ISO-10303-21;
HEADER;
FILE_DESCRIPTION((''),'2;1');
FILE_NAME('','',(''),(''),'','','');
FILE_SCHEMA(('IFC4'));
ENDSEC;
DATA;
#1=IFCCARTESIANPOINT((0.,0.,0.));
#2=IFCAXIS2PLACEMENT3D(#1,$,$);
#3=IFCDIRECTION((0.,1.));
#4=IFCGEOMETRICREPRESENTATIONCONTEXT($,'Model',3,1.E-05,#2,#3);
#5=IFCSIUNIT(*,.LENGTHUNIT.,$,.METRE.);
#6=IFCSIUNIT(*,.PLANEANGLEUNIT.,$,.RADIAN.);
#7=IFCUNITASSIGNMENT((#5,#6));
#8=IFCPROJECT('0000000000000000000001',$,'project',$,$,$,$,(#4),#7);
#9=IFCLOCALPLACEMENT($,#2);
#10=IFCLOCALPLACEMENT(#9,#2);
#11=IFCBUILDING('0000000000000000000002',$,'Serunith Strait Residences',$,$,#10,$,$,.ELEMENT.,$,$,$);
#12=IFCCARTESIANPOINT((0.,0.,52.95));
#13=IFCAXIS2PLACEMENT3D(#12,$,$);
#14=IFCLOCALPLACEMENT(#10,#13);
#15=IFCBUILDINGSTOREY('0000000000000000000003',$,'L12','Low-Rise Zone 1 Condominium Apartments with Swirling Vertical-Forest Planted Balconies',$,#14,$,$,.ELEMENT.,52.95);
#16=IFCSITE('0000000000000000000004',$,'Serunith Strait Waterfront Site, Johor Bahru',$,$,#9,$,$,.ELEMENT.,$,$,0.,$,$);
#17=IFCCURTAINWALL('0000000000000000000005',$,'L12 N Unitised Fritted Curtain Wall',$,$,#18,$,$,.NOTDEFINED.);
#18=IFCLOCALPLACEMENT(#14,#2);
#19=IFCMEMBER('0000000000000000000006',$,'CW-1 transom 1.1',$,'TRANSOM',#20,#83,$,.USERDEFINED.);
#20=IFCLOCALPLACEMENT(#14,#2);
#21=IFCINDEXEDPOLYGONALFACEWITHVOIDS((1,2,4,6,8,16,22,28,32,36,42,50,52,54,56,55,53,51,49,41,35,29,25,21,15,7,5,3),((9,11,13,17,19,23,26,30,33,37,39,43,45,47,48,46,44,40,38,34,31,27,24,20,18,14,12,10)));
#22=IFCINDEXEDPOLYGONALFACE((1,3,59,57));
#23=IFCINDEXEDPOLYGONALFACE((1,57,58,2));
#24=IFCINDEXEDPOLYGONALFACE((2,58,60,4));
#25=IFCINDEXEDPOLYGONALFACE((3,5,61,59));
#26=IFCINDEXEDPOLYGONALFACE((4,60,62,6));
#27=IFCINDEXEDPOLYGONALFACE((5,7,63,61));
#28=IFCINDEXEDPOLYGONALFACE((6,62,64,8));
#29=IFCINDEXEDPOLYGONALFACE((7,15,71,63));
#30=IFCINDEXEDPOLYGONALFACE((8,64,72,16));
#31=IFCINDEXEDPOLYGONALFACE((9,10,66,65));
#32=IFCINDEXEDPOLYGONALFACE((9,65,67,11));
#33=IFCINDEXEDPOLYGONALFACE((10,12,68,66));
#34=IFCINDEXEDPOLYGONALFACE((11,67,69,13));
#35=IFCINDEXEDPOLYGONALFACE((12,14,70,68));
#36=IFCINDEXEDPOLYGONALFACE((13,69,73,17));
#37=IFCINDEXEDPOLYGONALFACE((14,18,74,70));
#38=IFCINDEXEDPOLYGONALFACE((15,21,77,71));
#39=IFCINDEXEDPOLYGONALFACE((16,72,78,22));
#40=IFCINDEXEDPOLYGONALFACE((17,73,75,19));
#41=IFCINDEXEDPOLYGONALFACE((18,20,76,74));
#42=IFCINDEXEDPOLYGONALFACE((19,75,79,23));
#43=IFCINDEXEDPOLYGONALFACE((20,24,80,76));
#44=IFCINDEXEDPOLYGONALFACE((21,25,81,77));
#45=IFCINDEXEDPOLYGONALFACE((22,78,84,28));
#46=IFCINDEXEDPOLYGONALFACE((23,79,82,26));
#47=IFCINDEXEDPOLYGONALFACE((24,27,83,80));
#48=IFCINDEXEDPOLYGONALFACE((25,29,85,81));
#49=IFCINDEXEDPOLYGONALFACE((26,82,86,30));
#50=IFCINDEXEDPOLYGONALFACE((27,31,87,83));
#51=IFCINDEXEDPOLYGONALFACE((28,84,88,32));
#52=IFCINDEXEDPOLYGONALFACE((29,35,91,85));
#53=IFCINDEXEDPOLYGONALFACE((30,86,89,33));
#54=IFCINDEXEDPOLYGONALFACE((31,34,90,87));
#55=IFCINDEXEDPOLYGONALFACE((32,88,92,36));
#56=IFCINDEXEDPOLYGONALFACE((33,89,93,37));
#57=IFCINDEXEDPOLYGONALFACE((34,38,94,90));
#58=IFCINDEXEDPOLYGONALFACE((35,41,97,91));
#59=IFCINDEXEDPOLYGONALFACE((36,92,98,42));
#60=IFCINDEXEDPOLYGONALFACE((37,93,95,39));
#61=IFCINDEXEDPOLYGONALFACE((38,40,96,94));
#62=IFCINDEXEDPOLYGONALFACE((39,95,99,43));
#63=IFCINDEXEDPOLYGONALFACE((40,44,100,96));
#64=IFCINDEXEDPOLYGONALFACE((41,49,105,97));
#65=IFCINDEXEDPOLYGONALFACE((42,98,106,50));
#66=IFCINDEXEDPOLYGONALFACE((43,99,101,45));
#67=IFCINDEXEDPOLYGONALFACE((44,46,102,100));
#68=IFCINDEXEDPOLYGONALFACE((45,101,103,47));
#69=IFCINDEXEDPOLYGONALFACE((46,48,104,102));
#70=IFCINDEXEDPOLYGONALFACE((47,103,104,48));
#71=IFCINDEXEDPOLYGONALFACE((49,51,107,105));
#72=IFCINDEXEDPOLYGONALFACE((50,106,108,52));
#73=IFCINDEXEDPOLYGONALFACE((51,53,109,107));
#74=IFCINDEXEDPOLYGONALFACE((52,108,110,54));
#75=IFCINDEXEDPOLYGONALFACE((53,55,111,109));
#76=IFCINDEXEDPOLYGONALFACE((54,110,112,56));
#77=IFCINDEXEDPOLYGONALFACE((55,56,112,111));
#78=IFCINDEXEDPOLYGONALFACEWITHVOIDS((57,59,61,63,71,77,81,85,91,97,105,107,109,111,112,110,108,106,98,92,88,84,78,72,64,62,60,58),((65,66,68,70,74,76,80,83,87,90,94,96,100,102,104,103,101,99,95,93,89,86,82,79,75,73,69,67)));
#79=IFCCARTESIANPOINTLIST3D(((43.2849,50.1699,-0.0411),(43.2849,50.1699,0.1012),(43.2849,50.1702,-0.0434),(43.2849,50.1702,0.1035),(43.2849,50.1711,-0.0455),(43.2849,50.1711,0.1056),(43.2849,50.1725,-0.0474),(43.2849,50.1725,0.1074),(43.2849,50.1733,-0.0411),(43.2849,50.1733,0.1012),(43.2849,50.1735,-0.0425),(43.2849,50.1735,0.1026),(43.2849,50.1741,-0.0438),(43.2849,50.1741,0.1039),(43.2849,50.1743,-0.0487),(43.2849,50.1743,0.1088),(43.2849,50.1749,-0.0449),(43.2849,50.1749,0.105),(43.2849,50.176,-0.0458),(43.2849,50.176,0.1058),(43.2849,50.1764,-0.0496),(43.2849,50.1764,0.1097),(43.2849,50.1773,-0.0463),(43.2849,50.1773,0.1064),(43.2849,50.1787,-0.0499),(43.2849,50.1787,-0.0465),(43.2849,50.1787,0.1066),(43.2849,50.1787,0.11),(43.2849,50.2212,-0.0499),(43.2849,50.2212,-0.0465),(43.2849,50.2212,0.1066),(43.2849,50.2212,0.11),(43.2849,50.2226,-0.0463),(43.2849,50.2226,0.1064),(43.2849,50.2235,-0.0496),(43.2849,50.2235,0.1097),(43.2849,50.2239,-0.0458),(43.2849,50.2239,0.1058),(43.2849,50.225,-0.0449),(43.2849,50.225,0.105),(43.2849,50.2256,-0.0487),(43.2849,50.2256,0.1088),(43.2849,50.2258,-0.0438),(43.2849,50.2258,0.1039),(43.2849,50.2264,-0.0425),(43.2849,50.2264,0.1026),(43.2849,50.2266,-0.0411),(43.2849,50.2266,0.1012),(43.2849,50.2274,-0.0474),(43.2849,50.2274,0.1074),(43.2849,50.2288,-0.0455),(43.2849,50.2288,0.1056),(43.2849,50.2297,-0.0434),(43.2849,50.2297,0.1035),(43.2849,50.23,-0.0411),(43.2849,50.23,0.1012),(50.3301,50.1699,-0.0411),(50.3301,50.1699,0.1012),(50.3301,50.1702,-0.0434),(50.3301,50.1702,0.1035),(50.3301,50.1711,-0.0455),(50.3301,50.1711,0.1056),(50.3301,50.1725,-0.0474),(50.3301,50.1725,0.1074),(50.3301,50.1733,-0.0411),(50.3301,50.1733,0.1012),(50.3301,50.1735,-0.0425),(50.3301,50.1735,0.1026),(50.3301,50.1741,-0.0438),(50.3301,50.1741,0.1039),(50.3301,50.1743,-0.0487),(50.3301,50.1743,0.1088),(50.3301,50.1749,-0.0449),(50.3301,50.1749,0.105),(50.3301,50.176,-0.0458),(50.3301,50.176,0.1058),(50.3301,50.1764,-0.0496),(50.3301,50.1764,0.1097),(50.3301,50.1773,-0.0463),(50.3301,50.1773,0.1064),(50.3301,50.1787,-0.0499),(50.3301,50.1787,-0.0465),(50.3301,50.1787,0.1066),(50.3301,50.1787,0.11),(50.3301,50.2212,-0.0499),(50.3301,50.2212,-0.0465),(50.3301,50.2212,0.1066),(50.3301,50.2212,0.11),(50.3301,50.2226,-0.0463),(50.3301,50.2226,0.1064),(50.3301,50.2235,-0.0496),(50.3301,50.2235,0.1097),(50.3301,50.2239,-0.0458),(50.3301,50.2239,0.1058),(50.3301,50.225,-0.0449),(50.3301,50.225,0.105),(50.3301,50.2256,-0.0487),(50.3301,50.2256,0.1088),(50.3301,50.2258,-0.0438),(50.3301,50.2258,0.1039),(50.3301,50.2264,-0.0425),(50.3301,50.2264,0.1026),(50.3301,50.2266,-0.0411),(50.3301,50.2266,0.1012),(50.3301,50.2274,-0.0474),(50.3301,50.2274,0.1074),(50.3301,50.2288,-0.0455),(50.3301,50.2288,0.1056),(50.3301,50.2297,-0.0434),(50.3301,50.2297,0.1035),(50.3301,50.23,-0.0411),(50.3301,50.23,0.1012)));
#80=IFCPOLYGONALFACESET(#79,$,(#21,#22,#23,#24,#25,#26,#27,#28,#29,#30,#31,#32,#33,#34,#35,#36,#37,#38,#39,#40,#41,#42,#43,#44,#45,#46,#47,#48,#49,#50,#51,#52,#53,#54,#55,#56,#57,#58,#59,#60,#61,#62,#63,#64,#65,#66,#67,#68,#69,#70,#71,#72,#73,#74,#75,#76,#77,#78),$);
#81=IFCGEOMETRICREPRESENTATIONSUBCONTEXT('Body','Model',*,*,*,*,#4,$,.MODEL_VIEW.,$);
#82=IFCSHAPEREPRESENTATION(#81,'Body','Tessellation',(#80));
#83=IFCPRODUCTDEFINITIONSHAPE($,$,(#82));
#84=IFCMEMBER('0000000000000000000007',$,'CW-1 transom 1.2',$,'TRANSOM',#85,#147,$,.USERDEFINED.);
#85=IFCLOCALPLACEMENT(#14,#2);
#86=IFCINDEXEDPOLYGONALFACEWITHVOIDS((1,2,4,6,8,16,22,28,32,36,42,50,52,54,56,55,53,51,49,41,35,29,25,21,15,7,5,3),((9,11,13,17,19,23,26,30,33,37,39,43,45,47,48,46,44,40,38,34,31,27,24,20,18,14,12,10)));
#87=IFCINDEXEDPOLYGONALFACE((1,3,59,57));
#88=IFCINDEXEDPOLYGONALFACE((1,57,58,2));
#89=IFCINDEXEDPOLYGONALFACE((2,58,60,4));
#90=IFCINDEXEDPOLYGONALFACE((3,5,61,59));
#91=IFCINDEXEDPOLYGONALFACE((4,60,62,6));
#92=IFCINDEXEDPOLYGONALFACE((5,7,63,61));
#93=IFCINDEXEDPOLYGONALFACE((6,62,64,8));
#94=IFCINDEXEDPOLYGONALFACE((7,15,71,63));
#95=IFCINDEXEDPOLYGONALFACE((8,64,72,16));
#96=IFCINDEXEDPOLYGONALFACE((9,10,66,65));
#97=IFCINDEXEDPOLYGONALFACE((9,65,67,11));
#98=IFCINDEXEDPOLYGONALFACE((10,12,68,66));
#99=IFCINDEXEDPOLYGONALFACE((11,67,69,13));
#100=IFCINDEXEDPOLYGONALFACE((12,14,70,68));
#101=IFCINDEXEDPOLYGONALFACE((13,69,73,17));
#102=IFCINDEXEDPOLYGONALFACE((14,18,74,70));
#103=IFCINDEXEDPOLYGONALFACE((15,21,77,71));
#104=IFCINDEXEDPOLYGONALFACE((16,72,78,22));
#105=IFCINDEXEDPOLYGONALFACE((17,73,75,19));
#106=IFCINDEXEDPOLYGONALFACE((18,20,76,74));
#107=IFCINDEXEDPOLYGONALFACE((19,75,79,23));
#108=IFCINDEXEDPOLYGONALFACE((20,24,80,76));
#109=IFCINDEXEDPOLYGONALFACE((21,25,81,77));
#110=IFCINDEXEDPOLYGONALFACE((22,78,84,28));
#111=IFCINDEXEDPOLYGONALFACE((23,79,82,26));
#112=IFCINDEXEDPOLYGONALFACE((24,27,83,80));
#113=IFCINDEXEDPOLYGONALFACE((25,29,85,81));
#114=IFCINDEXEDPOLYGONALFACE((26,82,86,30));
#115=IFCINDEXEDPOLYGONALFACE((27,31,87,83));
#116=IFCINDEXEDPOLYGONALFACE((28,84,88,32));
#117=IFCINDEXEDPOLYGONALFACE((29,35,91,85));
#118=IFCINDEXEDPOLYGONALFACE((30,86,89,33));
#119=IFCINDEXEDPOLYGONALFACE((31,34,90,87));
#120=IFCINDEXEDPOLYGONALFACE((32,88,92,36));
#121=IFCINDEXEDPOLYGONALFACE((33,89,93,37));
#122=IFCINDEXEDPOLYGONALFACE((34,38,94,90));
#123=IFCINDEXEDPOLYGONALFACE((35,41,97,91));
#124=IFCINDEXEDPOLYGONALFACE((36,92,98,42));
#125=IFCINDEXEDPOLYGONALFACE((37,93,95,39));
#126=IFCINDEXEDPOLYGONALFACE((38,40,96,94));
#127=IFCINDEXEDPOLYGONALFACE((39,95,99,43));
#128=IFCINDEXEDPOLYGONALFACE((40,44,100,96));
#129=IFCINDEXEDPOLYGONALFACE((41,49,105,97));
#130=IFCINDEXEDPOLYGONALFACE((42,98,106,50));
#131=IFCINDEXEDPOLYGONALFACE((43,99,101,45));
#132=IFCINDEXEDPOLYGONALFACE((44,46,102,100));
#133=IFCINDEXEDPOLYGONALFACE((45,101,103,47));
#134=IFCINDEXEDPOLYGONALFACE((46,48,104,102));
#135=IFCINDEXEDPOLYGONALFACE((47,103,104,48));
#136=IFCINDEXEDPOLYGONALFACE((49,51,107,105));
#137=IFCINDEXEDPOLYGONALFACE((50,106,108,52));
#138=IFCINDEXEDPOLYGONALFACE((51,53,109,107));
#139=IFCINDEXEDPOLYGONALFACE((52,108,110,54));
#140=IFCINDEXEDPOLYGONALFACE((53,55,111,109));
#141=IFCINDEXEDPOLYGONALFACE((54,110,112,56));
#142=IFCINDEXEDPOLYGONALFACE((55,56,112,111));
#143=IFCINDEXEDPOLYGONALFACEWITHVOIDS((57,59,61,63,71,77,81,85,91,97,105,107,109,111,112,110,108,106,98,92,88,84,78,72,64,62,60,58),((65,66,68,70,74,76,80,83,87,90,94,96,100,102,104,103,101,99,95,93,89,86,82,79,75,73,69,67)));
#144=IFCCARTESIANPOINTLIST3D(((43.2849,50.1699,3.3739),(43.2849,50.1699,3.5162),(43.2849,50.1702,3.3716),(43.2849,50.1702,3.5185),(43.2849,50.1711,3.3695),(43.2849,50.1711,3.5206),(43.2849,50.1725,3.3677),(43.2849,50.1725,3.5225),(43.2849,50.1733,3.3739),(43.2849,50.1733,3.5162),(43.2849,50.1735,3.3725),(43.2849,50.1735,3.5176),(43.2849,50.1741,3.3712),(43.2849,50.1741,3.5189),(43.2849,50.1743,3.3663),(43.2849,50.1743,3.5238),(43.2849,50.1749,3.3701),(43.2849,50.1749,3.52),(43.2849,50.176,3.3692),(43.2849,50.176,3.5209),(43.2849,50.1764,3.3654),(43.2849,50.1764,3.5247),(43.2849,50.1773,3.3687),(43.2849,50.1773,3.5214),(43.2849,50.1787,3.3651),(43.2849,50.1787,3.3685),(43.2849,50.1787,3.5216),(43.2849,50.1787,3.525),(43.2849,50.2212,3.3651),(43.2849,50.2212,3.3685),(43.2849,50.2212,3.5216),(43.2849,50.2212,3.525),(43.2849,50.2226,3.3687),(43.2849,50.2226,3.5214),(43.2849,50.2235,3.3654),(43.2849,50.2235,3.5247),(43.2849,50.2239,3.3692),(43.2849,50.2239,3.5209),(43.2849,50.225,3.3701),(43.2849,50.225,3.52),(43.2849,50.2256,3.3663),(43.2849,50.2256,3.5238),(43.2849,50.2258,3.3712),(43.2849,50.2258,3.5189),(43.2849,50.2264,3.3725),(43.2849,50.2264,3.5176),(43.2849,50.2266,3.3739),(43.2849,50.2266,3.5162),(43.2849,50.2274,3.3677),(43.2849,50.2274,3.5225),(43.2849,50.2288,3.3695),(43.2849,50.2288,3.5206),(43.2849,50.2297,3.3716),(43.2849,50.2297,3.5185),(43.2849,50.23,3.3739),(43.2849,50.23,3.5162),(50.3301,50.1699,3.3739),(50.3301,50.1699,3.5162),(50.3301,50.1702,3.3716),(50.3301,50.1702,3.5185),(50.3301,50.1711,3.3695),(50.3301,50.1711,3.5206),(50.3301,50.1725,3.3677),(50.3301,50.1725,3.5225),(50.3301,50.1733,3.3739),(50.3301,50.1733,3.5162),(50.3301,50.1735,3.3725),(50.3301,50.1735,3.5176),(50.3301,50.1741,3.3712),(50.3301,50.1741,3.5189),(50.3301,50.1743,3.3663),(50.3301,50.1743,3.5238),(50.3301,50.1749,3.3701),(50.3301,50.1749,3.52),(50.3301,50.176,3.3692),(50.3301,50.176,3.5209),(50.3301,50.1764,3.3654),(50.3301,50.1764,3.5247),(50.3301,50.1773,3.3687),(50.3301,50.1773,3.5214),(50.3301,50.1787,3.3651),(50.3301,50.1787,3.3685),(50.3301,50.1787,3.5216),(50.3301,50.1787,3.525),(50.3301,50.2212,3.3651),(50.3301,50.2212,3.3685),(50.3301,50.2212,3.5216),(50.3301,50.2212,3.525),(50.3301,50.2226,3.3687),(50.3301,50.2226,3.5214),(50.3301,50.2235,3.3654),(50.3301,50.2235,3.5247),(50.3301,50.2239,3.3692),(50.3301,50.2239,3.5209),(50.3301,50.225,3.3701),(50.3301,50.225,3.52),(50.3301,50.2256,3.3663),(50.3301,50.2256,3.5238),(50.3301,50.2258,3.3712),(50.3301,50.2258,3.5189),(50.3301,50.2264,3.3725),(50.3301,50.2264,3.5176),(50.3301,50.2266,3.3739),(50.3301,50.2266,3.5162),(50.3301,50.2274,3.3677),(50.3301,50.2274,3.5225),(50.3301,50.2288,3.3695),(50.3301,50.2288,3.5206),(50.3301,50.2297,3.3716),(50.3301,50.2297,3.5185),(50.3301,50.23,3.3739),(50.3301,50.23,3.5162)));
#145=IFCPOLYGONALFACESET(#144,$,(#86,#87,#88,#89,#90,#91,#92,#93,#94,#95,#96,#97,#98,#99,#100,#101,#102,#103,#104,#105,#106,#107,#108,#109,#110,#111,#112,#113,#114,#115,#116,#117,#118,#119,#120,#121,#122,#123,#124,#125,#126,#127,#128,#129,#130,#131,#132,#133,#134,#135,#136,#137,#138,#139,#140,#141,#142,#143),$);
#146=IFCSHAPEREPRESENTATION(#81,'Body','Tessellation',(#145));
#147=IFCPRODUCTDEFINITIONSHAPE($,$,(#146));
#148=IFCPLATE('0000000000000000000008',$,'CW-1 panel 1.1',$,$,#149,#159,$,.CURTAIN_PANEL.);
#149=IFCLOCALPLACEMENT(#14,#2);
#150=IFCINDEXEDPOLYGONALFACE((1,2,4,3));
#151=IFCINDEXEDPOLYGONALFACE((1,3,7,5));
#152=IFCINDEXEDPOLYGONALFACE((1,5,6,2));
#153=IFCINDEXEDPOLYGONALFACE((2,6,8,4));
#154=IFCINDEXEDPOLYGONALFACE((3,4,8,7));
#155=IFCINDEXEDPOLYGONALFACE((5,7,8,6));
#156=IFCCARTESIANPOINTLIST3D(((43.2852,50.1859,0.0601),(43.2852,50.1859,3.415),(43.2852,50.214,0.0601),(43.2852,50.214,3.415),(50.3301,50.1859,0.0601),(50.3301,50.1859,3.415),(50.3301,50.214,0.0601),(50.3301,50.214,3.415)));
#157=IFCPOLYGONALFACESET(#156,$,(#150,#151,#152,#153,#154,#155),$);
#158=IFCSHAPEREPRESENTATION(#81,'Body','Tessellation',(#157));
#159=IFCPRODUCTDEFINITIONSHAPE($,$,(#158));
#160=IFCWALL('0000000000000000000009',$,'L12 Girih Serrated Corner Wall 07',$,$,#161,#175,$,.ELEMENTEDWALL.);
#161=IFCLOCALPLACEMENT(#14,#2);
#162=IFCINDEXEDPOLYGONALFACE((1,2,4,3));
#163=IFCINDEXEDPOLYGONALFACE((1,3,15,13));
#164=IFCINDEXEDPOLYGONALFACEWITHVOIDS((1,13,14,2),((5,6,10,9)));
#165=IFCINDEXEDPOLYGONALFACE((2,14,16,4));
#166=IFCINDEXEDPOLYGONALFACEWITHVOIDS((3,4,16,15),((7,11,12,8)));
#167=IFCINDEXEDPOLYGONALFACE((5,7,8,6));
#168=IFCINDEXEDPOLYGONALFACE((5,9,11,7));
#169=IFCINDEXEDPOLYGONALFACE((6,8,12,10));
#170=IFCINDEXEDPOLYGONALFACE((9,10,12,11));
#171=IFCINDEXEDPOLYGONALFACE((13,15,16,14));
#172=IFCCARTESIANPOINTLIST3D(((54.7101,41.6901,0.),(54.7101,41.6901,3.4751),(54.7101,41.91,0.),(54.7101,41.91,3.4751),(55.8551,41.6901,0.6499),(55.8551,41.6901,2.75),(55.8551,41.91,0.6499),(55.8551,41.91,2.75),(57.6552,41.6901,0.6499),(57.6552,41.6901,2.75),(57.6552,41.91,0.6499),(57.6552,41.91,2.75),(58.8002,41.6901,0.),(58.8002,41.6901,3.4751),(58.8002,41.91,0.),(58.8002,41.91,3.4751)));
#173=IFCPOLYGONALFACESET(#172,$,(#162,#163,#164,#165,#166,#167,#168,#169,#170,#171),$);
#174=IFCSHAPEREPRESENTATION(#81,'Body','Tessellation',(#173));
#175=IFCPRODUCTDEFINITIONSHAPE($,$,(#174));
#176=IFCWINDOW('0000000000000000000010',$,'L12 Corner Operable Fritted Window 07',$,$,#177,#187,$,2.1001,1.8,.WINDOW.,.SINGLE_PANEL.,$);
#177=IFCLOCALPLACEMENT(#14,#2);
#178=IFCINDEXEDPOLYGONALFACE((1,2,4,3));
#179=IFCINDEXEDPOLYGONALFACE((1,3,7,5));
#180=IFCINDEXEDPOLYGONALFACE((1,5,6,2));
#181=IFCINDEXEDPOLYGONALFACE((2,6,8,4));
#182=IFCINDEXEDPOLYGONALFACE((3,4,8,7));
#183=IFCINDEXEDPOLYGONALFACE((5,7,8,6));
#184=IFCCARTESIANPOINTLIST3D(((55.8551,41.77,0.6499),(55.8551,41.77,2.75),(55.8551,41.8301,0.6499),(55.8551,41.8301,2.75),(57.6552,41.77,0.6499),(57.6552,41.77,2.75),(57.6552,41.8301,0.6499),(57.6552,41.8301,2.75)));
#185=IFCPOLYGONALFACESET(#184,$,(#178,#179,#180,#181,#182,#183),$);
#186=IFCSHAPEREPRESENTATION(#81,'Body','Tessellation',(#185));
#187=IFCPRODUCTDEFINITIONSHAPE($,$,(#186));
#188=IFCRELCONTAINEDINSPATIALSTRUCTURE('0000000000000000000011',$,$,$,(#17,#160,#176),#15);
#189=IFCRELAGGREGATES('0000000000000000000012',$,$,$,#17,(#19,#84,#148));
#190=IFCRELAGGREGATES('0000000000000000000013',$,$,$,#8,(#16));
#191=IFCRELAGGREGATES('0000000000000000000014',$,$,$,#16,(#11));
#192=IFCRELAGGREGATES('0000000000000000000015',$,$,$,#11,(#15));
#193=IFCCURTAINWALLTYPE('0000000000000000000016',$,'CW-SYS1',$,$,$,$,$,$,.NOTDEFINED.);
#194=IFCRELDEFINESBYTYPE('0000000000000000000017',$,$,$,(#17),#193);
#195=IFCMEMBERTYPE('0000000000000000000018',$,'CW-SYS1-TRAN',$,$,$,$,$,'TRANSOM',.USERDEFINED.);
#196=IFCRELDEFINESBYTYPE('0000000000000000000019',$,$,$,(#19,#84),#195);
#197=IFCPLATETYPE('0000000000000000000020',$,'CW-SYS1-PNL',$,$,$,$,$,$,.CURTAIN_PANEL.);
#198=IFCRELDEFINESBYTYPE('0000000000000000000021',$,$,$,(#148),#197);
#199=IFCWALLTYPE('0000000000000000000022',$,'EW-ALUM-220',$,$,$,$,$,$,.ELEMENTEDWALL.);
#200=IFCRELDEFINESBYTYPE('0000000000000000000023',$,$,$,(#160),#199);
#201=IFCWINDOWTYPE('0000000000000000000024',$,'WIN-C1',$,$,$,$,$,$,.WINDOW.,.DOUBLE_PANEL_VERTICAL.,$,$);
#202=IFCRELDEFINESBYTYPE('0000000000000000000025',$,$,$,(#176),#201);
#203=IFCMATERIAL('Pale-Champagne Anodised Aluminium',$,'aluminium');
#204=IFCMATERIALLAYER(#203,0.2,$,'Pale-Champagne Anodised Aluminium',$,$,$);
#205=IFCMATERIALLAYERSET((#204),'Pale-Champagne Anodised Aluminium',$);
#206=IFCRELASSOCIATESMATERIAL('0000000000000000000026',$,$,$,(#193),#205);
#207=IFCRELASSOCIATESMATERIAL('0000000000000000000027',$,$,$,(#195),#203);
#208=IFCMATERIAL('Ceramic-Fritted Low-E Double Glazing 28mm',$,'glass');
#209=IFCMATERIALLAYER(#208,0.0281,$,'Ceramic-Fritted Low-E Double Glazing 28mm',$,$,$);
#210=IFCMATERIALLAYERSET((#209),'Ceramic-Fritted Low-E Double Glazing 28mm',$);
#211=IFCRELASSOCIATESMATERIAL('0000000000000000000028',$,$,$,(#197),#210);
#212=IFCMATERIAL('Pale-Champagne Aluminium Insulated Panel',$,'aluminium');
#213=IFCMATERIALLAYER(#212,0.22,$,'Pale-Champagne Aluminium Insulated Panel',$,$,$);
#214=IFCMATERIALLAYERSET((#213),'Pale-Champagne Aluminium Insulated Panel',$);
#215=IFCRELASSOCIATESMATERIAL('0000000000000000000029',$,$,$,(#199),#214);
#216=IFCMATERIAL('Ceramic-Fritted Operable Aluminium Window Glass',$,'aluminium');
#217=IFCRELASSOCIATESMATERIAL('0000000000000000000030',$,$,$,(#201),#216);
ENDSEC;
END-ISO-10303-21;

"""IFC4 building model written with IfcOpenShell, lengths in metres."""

from ifc_helpers import new_model, si_unit, direction, frame, frame_2d, origin, origin_2d, place, context, subcontext, project, spatial, rectangle, hollow_rectangle, extrude, source, transform, mapped, material, layer, layer_set, material_profile, profile_set, type_object, element, fill, aggregate, save


model = new_model("IFC4")

# Units and contexts
model_context = context("Model", 3, precision=1e-05, world=origin(), true_north=direction((0.0, 1.0)))
body_context = subcontext(model_context, "Body", "Model", "MODEL_VIEW")
ifc_project = project(units=[si_unit("LENGTHUNIT", "METRE"), si_unit("PLANEANGLEUNIT", "RADIAN")], contexts=[model_context])

# Site, building, storey
site_placement = place(None, origin())
site = spatial("IfcSite", under=ifc_project, at=site_placement, Name="Serunith Strait Waterfront Site, Johor Bahru", CompositionType="ELEMENT", RefElevation=0.0)
building_placement = place(site_placement, origin())
building = spatial("IfcBuilding", under=site, at=building_placement, Name="Serunith Strait Residences", CompositionType="ELEMENT")
storey_placement = place(building_placement, frame((0.0, 0.0, 52.95)))
storey = spatial("IfcBuildingStorey", under=building, at=storey_placement, Name="L12", Description="Low-Rise Zone 1 Condominium Apartments with Swirling Vertical-Forest Planted Balconies", CompositionType="ELEMENT", Elevation=52.95)

# Shared definitions
ifc_material_1 = material(Name="Pale-Champagne Anodised Aluminium", Category="aluminium")
ifc_layer_1 = layer(ifc_material_1, 0.2, Name="Pale-Champagne Anodised Aluminium")
ifc_layer_set_1 = layer_set([ifc_layer_1], Name="Pale-Champagne Anodised Aluminium")
curtain_wall_type = type_object("IfcCurtainWallType", Name="CW-SYS1", PredefinedType="NOTDEFINED", material=ifc_layer_set_1)

# Curtain wall, members, plate
curtain_wall_1_placement = place(storey_placement, origin())
curtain_wall_1 = element("IfcCurtainWall", 1, at=curtain_wall_1_placement, inside=storey, type_object=curtain_wall_type, Name="L12 N Unitised Fritted Curtain Wall", PredefinedType="NOTDEFINED")
ifc_material_profile_1 = material_profile(ifc_material_1, hollow_rectangle(XDim=0.0601, YDim=0.1599, WallThickness=0.0034, InnerFilletRadius=0.0054, OuterFilletRadius=0.0088, at=origin_2d()), Name="ALU 160x60x3.5")
ifc_profile_set_1 = profile_set([ifc_material_profile_1], Name="Pale-Champagne Anodised Aluminium")
member_type_1 = type_object("IfcMemberType", Name="CW-SYS1-TRAN", ElementType="TRANSOM", PredefinedType="USERDEFINED", material=ifc_profile_set_1)
shared_shape_1 = source(origin(), body_context, "Body", "SweptSolid", [
    extrude(hollow_rectangle(XDim=0.0601, YDim=0.1599, WallThickness=0.0034, InnerFilletRadius=0.0054, OuterFilletRadius=0.0088, at=origin_2d()), origin(), (0.0, 0.0, 1.0), 7.0452),
])
member_1_placement = place(storey_placement, frame((50.3301, 50.2, 0.03), z_axis=(-1.0, 0.0, 0.0), x_axis=(0.0, -1.0, 0.0)))
member_1 = element("IfcMember", 2, at=member_1_placement, type_object=member_type_1, Name="CW-1 transom 1.1", ObjectType="TRANSOM", PredefinedType="USERDEFINED", context=body_context, shape_type="MappedRepresentation", body=[
    mapped(shared_shape_1, transform((0.0, 0.0, 0.0), scale=1.0)),
])
member_2_placement = place(storey_placement, frame((50.3301, 50.2, 3.4451), z_axis=(-1.0, 0.0, 0.0), x_axis=(0.0, -1.0, 0.0)))
member_2 = element("IfcMember", 3, at=member_2_placement, type_object=member_type_1, Name="CW-1 transom 1.2", ObjectType="TRANSOM", PredefinedType="USERDEFINED", context=body_context, shape_type="MappedRepresentation", body=[
    mapped(shared_shape_1, transform((0.0, 0.0, 0.0), scale=1.0)),
])
ifc_material_2 = material(Name="Ceramic-Fritted Low-E Double Glazing 28mm", Category="glass")
ifc_layer_2 = layer(ifc_material_2, 0.0281, Name="Ceramic-Fritted Low-E Double Glazing 28mm")
ifc_layer_set_2 = layer_set([ifc_layer_2], Name="Ceramic-Fritted Low-E Double Glazing 28mm")
plate_type = type_object("IfcPlateType", Name="CW-SYS1-PNL", PredefinedType="CURTAIN_PANEL", material=ifc_layer_set_2)
shared_shape_2 = source(origin(), body_context, "Body", "SweptSolid", [
    extrude(rectangle(XDim=7.0449, YDim=0.0281, at=origin_2d()), origin(), (0.0, 0.0, 1.0), 3.355),
])
plate_placement = place(storey_placement, frame((46.8076, 50.2, 0.0601), z_axis=(0.0, 0.0, 1.0), x_axis=(-1.0, 0.0, 0.0)))
plate = element("IfcPlate", 4, at=plate_placement, type_object=plate_type, Name="CW-1 panel 1.1", PredefinedType="CURTAIN_PANEL", context=body_context, shape_type="MappedRepresentation", body=[
    mapped(shared_shape_2, transform((0.0, 0.0, 0.0), scale=1.0)),
])
aggregate(curtain_wall_1, [member_1, member_2, plate])

# Wall, opening, window
ifc_material_3 = material(Name="Pale-Champagne Aluminium Insulated Panel", Category="aluminium")
ifc_layer_3 = layer(ifc_material_3, 0.22, Name="Pale-Champagne Aluminium Insulated Panel")
ifc_layer_set_3 = layer_set([ifc_layer_3], Name="Pale-Champagne Aluminium Insulated Panel")
wall_type_1 = type_object("IfcWallType", Name="EW-ALUM-220", PredefinedType="ELEMENTEDWALL", material=ifc_layer_set_3)
wall_1_placement = place(storey_placement, frame((58.8, 41.8, 0.0), z_axis=(0.0, 0.0, 1.0), x_axis=(-1.0, 0.0, 0.0)))
wall_1 = element("IfcWall", 5, at=wall_1_placement, inside=storey, type_object=wall_type_1, Name="L12 Girih Serrated Corner Wall 07", PredefinedType="ELEMENTEDWALL", context=body_context, shape_type="SweptSolid", body=[
    extrude(rectangle(XDim=4.0901, YDim=0.22, at=frame_2d((2.0449, 0.0))), origin(), (0.0, 0.0, 1.0), 3.4751),
])
opening_1_placement = place(wall_1_placement, frame((1.145, 0.0, 0.6499)))
opening_1 = element("IfcOpeningElement", 6, at=opening_1_placement, cuts=wall_1, PredefinedType="OPENING", context=body_context, shape_type="SweptSolid", body=[
    extrude(rectangle(XDim=1.8, YDim=2.1001, at=frame_2d((0.8999, 1.05))), frame((0.0, 0.1201, 0.0), z_axis=(0.0, -1.0, 0.0), x_axis=(1.0, 0.0, 0.0)), (0.0, 0.0, 1.0), 0.24),
])
ifc_material_4 = material(Name="Ceramic-Fritted Operable Aluminium Window Glass", Category="aluminium")
window_type = type_object("IfcWindowType", Name="WIN-C1", PartitioningType="DOUBLE_PANEL_VERTICAL", PredefinedType="WINDOW", material=ifc_material_4)
shared_shape_3 = source(origin(), body_context, "Body", "SweptSolid", [
    extrude(rectangle(XDim=1.8, YDim=2.1001, at=frame_2d((0.8999, 1.05))), frame((0.0, 0.03, 0.0), z_axis=(0.0, -1.0, 0.0), x_axis=(1.0, 0.0, 0.0)), (0.0, 0.0, 1.0), 0.0601),
])
window_1_placement = place(opening_1_placement, origin())
window_1 = element("IfcWindow", 7, at=window_1_placement, inside=storey, type_object=window_type, Name="L12 Corner Operable Fritted Window 07", OverallHeight=2.1001, OverallWidth=1.8, PartitioningType="SINGLE_PANEL", PredefinedType="WINDOW", context=body_context, shape_type="MappedRepresentation", body=[
    mapped(shared_shape_3, transform((0.0, 0.0, 0.0), scale=1.0)),
])
fill(opening_1, window_1)

save(model, "model.ifc")
